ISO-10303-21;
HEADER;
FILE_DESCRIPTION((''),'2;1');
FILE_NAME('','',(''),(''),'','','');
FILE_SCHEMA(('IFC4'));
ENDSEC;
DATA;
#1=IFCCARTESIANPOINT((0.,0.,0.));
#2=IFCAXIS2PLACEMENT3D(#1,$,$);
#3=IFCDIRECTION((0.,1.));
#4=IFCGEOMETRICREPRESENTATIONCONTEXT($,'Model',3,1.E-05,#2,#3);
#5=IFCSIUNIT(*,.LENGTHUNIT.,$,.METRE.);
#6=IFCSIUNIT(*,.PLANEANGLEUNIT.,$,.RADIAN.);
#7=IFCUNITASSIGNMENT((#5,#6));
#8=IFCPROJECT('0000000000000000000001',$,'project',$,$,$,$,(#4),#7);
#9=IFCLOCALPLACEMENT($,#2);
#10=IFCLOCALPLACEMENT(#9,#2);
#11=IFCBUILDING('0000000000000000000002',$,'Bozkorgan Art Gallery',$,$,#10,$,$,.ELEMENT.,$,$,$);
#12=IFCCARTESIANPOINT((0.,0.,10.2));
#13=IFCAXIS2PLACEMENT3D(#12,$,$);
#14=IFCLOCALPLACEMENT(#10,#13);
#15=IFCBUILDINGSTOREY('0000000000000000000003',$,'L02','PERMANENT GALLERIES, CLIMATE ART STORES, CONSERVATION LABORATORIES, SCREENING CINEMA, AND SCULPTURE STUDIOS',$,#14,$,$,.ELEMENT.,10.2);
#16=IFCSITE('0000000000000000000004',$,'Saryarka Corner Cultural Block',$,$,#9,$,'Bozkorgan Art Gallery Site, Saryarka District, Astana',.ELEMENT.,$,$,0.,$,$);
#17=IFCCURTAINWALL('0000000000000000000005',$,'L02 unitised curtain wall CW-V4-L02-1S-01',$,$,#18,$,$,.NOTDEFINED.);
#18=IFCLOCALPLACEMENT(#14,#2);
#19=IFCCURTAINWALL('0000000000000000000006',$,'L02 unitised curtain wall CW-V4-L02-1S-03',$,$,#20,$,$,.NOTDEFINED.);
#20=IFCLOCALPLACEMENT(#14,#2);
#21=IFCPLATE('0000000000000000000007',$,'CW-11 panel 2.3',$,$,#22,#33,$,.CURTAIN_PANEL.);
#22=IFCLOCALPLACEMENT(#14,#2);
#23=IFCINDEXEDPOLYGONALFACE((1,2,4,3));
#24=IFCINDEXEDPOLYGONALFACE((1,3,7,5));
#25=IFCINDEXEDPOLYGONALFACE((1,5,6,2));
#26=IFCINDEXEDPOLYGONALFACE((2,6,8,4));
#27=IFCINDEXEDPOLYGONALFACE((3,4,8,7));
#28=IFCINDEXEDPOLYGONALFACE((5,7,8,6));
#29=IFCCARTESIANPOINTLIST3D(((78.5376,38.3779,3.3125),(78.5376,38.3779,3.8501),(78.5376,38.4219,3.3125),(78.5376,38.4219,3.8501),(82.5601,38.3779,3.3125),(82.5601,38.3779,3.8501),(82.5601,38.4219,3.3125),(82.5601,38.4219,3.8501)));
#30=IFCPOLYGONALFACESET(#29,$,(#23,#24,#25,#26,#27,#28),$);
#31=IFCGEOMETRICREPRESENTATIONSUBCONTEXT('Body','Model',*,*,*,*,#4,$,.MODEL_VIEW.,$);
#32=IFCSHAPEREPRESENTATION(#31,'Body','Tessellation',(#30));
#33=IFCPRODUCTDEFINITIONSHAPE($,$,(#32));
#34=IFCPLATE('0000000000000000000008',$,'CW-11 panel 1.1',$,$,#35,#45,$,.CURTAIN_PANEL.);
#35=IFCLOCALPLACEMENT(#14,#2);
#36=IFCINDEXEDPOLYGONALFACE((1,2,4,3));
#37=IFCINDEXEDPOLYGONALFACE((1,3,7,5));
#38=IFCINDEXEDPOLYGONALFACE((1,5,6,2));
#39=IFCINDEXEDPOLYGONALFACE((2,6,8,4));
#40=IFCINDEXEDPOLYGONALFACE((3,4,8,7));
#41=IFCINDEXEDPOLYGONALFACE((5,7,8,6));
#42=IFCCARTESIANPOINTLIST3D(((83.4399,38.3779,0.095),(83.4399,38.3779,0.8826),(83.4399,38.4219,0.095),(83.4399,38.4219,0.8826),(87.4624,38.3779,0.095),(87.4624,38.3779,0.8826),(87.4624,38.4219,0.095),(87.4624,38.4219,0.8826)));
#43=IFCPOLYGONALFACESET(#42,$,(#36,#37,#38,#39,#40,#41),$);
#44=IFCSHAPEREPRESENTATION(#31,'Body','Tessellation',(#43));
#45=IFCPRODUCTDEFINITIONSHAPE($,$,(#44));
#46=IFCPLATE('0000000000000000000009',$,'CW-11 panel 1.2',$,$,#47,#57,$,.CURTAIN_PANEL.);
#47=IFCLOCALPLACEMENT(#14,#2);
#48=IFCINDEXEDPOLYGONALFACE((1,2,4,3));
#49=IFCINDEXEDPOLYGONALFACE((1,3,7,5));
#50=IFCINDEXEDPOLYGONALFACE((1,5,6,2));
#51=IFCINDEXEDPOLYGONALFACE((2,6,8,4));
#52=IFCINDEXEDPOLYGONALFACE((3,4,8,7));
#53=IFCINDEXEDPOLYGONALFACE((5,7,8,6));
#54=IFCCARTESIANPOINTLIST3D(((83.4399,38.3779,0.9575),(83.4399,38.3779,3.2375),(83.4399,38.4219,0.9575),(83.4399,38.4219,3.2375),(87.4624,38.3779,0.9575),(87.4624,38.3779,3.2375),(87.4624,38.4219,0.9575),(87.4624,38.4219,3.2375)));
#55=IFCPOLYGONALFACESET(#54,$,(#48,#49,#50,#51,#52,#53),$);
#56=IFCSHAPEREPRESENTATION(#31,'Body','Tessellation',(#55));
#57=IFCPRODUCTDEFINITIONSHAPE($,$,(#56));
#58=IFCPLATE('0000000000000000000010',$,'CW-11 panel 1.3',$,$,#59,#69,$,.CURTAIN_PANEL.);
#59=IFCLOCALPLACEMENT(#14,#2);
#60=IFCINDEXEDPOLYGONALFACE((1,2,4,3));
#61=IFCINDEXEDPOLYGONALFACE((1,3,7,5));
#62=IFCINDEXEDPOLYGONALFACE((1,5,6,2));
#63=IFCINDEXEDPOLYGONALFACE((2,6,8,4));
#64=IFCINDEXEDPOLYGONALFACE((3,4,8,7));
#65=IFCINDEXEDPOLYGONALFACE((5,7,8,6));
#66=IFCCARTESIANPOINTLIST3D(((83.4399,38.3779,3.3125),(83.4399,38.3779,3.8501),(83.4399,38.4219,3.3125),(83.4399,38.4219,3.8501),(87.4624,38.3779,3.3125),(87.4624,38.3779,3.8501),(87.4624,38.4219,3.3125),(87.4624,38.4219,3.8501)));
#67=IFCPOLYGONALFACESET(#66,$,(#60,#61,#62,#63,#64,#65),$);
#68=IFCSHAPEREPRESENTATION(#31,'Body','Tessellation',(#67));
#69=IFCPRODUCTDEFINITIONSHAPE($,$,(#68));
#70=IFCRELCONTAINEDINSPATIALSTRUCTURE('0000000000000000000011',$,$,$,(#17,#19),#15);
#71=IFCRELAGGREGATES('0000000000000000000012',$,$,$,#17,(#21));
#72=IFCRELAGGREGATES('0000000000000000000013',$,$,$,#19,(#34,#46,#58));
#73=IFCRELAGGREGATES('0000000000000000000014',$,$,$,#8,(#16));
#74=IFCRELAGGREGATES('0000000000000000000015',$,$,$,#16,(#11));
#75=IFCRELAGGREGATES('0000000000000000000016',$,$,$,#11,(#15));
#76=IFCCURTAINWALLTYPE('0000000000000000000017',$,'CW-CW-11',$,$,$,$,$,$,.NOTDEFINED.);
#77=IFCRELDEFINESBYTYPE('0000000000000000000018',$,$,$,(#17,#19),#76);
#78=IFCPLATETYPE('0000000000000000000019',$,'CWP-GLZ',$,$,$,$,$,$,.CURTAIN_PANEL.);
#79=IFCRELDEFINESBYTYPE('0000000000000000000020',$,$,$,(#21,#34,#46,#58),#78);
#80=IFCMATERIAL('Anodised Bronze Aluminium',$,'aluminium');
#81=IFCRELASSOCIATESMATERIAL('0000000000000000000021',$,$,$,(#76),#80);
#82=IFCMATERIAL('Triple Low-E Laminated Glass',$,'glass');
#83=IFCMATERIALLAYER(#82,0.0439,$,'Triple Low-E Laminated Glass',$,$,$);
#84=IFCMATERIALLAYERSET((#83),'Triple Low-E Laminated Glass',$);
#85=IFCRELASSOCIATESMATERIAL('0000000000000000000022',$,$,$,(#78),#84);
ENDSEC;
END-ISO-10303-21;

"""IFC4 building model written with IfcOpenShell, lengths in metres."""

from ifc_helpers import new_model, si_unit, direction, frame, origin, origin_2d, place, context, subcontext, project, spatial, rectangle, extrude, material, layer, layer_set, type_object, element, aggregate, save


model = new_model("IFC4")

# Units and contexts
model_context = context("Model", 3, precision=1e-05, world=origin(), true_north=direction((0.0, 1.0)))
body_context = subcontext(model_context, "Body", "Model", "MODEL_VIEW")
ifc_project = project(units=[si_unit("LENGTHUNIT", "METRE"), si_unit("PLANEANGLEUNIT", "RADIAN")], contexts=[model_context])

# Site, building, storey
site_placement = place(None, origin())
site = spatial("IfcSite", under=ifc_project, at=site_placement, Name="Saryarka Corner Cultural Block", LongName="Bozkorgan Art Gallery Site, Saryarka District, Astana", CompositionType="ELEMENT", RefElevation=0.0)
building_placement = place(site_placement, origin())
building = spatial("IfcBuilding", under=site, at=building_placement, Name="Bozkorgan Art Gallery", CompositionType="ELEMENT")
storey_placement = place(building_placement, frame((0.0, 0.0, 10.2)))
storey = spatial("IfcBuildingStorey", under=building, at=storey_placement, Name="L02", Description="PERMANENT GALLERIES, CLIMATE ART STORES, CONSERVATION LABORATORIES, SCREENING CINEMA, AND SCULPTURE STUDIOS", CompositionType="ELEMENT", Elevation=10.2)

# Curtain wall
ifc_material_1 = material(Name="Anodised Bronze Aluminium", Category="aluminium")
curtain_wall_type = type_object("IfcCurtainWallType", Name="CW-CW-11", PredefinedType="NOTDEFINED", material=ifc_material_1)
curtain_wall_1_placement = place(storey_placement, origin())
curtain_wall_1 = element("IfcCurtainWall", 1, at=curtain_wall_1_placement, inside=storey, type_object=curtain_wall_type, Name="L02 unitised curtain wall CW-V4-L02-1S-01", PredefinedType="NOTDEFINED")

# Curtain wall
curtain_wall_2_placement = place(storey_placement, origin())
curtain_wall_2 = element("IfcCurtainWall", 2, at=curtain_wall_2_placement, inside=storey, type_object=curtain_wall_type, Name="L02 unitised curtain wall CW-V4-L02-1S-03", PredefinedType="NOTDEFINED")

# Plates
ifc_material_2 = material(Name="Triple Low-E Laminated Glass", Category="glass")
ifc_layer = layer(ifc_material_2, 0.0439, Name="Triple Low-E Laminated Glass")
ifc_layer_set = layer_set([ifc_layer], Name="Triple Low-E Laminated Glass")
plate_type = type_object("IfcPlateType", Name="CWP-GLZ", PredefinedType="CURTAIN_PANEL", material=ifc_layer_set)
plate_1_placement = place(storey_placement, frame((80.5488, 38.3999, 3.3125), z_axis=(0.0, 0.0, 1.0), x_axis=(1.0, 0.0, 0.0)))
plate_1 = element("IfcPlate", 3, at=plate_1_placement, type_object=plate_type, Name="CW-11 panel 2.3", PredefinedType="CURTAIN_PANEL", context=body_context, shape_type="SweptSolid", body=[
    extrude(rectangle(XDim=4.0225, YDim=0.0439, at=origin_2d()), origin(), (0.0, 0.0, 1.0), 0.5376),
])
aggregate(curtain_wall_1, [plate_1])
plate_2_placement = place(storey_placement, frame((85.4512, 38.3999, 0.095), z_axis=(0.0, 0.0, 1.0), x_axis=(1.0, 0.0, 0.0)))
plate_2 = element("IfcPlate", 4, at=plate_2_placement, type_object=plate_type, Name="CW-11 panel 1.1", PredefinedType="CURTAIN_PANEL", context=body_context, shape_type="SweptSolid", body=[
    extrude(rectangle(XDim=4.0225, YDim=0.0439, at=origin_2d()), origin(), (0.0, 0.0, 1.0), 0.7876),
])
plate_3_placement = place(storey_placement, frame((85.4512, 38.3999, 0.9575), z_axis=(0.0, 0.0, 1.0), x_axis=(1.0, 0.0, 0.0)))
plate_3 = element("IfcPlate", 5, at=plate_3_placement, type_object=plate_type, Name="CW-11 panel 1.2", PredefinedType="CURTAIN_PANEL", context=body_context, shape_type="SweptSolid", body=[
    extrude(rectangle(XDim=4.0225, YDim=0.0439, at=origin_2d()), origin(), (0.0, 0.0, 1.0), 2.28),
])
plate_4_placement = place(storey_placement, frame((85.4512, 38.3999, 3.3125), z_axis=(0.0, 0.0, 1.0), x_axis=(1.0, 0.0, 0.0)))
plate_4 = element("IfcPlate", 6, at=plate_4_placement, type_object=plate_type, Name="CW-11 panel 1.3", PredefinedType="CURTAIN_PANEL", context=body_context, shape_type="SweptSolid", body=[
    extrude(rectangle(XDim=4.0225, YDim=0.0439, at=origin_2d()), origin(), (0.0, 0.0, 1.0), 0.5376),
])
aggregate(curtain_wall_2, [plate_2, plate_3, plate_4])

save(model, "model.ifc")
